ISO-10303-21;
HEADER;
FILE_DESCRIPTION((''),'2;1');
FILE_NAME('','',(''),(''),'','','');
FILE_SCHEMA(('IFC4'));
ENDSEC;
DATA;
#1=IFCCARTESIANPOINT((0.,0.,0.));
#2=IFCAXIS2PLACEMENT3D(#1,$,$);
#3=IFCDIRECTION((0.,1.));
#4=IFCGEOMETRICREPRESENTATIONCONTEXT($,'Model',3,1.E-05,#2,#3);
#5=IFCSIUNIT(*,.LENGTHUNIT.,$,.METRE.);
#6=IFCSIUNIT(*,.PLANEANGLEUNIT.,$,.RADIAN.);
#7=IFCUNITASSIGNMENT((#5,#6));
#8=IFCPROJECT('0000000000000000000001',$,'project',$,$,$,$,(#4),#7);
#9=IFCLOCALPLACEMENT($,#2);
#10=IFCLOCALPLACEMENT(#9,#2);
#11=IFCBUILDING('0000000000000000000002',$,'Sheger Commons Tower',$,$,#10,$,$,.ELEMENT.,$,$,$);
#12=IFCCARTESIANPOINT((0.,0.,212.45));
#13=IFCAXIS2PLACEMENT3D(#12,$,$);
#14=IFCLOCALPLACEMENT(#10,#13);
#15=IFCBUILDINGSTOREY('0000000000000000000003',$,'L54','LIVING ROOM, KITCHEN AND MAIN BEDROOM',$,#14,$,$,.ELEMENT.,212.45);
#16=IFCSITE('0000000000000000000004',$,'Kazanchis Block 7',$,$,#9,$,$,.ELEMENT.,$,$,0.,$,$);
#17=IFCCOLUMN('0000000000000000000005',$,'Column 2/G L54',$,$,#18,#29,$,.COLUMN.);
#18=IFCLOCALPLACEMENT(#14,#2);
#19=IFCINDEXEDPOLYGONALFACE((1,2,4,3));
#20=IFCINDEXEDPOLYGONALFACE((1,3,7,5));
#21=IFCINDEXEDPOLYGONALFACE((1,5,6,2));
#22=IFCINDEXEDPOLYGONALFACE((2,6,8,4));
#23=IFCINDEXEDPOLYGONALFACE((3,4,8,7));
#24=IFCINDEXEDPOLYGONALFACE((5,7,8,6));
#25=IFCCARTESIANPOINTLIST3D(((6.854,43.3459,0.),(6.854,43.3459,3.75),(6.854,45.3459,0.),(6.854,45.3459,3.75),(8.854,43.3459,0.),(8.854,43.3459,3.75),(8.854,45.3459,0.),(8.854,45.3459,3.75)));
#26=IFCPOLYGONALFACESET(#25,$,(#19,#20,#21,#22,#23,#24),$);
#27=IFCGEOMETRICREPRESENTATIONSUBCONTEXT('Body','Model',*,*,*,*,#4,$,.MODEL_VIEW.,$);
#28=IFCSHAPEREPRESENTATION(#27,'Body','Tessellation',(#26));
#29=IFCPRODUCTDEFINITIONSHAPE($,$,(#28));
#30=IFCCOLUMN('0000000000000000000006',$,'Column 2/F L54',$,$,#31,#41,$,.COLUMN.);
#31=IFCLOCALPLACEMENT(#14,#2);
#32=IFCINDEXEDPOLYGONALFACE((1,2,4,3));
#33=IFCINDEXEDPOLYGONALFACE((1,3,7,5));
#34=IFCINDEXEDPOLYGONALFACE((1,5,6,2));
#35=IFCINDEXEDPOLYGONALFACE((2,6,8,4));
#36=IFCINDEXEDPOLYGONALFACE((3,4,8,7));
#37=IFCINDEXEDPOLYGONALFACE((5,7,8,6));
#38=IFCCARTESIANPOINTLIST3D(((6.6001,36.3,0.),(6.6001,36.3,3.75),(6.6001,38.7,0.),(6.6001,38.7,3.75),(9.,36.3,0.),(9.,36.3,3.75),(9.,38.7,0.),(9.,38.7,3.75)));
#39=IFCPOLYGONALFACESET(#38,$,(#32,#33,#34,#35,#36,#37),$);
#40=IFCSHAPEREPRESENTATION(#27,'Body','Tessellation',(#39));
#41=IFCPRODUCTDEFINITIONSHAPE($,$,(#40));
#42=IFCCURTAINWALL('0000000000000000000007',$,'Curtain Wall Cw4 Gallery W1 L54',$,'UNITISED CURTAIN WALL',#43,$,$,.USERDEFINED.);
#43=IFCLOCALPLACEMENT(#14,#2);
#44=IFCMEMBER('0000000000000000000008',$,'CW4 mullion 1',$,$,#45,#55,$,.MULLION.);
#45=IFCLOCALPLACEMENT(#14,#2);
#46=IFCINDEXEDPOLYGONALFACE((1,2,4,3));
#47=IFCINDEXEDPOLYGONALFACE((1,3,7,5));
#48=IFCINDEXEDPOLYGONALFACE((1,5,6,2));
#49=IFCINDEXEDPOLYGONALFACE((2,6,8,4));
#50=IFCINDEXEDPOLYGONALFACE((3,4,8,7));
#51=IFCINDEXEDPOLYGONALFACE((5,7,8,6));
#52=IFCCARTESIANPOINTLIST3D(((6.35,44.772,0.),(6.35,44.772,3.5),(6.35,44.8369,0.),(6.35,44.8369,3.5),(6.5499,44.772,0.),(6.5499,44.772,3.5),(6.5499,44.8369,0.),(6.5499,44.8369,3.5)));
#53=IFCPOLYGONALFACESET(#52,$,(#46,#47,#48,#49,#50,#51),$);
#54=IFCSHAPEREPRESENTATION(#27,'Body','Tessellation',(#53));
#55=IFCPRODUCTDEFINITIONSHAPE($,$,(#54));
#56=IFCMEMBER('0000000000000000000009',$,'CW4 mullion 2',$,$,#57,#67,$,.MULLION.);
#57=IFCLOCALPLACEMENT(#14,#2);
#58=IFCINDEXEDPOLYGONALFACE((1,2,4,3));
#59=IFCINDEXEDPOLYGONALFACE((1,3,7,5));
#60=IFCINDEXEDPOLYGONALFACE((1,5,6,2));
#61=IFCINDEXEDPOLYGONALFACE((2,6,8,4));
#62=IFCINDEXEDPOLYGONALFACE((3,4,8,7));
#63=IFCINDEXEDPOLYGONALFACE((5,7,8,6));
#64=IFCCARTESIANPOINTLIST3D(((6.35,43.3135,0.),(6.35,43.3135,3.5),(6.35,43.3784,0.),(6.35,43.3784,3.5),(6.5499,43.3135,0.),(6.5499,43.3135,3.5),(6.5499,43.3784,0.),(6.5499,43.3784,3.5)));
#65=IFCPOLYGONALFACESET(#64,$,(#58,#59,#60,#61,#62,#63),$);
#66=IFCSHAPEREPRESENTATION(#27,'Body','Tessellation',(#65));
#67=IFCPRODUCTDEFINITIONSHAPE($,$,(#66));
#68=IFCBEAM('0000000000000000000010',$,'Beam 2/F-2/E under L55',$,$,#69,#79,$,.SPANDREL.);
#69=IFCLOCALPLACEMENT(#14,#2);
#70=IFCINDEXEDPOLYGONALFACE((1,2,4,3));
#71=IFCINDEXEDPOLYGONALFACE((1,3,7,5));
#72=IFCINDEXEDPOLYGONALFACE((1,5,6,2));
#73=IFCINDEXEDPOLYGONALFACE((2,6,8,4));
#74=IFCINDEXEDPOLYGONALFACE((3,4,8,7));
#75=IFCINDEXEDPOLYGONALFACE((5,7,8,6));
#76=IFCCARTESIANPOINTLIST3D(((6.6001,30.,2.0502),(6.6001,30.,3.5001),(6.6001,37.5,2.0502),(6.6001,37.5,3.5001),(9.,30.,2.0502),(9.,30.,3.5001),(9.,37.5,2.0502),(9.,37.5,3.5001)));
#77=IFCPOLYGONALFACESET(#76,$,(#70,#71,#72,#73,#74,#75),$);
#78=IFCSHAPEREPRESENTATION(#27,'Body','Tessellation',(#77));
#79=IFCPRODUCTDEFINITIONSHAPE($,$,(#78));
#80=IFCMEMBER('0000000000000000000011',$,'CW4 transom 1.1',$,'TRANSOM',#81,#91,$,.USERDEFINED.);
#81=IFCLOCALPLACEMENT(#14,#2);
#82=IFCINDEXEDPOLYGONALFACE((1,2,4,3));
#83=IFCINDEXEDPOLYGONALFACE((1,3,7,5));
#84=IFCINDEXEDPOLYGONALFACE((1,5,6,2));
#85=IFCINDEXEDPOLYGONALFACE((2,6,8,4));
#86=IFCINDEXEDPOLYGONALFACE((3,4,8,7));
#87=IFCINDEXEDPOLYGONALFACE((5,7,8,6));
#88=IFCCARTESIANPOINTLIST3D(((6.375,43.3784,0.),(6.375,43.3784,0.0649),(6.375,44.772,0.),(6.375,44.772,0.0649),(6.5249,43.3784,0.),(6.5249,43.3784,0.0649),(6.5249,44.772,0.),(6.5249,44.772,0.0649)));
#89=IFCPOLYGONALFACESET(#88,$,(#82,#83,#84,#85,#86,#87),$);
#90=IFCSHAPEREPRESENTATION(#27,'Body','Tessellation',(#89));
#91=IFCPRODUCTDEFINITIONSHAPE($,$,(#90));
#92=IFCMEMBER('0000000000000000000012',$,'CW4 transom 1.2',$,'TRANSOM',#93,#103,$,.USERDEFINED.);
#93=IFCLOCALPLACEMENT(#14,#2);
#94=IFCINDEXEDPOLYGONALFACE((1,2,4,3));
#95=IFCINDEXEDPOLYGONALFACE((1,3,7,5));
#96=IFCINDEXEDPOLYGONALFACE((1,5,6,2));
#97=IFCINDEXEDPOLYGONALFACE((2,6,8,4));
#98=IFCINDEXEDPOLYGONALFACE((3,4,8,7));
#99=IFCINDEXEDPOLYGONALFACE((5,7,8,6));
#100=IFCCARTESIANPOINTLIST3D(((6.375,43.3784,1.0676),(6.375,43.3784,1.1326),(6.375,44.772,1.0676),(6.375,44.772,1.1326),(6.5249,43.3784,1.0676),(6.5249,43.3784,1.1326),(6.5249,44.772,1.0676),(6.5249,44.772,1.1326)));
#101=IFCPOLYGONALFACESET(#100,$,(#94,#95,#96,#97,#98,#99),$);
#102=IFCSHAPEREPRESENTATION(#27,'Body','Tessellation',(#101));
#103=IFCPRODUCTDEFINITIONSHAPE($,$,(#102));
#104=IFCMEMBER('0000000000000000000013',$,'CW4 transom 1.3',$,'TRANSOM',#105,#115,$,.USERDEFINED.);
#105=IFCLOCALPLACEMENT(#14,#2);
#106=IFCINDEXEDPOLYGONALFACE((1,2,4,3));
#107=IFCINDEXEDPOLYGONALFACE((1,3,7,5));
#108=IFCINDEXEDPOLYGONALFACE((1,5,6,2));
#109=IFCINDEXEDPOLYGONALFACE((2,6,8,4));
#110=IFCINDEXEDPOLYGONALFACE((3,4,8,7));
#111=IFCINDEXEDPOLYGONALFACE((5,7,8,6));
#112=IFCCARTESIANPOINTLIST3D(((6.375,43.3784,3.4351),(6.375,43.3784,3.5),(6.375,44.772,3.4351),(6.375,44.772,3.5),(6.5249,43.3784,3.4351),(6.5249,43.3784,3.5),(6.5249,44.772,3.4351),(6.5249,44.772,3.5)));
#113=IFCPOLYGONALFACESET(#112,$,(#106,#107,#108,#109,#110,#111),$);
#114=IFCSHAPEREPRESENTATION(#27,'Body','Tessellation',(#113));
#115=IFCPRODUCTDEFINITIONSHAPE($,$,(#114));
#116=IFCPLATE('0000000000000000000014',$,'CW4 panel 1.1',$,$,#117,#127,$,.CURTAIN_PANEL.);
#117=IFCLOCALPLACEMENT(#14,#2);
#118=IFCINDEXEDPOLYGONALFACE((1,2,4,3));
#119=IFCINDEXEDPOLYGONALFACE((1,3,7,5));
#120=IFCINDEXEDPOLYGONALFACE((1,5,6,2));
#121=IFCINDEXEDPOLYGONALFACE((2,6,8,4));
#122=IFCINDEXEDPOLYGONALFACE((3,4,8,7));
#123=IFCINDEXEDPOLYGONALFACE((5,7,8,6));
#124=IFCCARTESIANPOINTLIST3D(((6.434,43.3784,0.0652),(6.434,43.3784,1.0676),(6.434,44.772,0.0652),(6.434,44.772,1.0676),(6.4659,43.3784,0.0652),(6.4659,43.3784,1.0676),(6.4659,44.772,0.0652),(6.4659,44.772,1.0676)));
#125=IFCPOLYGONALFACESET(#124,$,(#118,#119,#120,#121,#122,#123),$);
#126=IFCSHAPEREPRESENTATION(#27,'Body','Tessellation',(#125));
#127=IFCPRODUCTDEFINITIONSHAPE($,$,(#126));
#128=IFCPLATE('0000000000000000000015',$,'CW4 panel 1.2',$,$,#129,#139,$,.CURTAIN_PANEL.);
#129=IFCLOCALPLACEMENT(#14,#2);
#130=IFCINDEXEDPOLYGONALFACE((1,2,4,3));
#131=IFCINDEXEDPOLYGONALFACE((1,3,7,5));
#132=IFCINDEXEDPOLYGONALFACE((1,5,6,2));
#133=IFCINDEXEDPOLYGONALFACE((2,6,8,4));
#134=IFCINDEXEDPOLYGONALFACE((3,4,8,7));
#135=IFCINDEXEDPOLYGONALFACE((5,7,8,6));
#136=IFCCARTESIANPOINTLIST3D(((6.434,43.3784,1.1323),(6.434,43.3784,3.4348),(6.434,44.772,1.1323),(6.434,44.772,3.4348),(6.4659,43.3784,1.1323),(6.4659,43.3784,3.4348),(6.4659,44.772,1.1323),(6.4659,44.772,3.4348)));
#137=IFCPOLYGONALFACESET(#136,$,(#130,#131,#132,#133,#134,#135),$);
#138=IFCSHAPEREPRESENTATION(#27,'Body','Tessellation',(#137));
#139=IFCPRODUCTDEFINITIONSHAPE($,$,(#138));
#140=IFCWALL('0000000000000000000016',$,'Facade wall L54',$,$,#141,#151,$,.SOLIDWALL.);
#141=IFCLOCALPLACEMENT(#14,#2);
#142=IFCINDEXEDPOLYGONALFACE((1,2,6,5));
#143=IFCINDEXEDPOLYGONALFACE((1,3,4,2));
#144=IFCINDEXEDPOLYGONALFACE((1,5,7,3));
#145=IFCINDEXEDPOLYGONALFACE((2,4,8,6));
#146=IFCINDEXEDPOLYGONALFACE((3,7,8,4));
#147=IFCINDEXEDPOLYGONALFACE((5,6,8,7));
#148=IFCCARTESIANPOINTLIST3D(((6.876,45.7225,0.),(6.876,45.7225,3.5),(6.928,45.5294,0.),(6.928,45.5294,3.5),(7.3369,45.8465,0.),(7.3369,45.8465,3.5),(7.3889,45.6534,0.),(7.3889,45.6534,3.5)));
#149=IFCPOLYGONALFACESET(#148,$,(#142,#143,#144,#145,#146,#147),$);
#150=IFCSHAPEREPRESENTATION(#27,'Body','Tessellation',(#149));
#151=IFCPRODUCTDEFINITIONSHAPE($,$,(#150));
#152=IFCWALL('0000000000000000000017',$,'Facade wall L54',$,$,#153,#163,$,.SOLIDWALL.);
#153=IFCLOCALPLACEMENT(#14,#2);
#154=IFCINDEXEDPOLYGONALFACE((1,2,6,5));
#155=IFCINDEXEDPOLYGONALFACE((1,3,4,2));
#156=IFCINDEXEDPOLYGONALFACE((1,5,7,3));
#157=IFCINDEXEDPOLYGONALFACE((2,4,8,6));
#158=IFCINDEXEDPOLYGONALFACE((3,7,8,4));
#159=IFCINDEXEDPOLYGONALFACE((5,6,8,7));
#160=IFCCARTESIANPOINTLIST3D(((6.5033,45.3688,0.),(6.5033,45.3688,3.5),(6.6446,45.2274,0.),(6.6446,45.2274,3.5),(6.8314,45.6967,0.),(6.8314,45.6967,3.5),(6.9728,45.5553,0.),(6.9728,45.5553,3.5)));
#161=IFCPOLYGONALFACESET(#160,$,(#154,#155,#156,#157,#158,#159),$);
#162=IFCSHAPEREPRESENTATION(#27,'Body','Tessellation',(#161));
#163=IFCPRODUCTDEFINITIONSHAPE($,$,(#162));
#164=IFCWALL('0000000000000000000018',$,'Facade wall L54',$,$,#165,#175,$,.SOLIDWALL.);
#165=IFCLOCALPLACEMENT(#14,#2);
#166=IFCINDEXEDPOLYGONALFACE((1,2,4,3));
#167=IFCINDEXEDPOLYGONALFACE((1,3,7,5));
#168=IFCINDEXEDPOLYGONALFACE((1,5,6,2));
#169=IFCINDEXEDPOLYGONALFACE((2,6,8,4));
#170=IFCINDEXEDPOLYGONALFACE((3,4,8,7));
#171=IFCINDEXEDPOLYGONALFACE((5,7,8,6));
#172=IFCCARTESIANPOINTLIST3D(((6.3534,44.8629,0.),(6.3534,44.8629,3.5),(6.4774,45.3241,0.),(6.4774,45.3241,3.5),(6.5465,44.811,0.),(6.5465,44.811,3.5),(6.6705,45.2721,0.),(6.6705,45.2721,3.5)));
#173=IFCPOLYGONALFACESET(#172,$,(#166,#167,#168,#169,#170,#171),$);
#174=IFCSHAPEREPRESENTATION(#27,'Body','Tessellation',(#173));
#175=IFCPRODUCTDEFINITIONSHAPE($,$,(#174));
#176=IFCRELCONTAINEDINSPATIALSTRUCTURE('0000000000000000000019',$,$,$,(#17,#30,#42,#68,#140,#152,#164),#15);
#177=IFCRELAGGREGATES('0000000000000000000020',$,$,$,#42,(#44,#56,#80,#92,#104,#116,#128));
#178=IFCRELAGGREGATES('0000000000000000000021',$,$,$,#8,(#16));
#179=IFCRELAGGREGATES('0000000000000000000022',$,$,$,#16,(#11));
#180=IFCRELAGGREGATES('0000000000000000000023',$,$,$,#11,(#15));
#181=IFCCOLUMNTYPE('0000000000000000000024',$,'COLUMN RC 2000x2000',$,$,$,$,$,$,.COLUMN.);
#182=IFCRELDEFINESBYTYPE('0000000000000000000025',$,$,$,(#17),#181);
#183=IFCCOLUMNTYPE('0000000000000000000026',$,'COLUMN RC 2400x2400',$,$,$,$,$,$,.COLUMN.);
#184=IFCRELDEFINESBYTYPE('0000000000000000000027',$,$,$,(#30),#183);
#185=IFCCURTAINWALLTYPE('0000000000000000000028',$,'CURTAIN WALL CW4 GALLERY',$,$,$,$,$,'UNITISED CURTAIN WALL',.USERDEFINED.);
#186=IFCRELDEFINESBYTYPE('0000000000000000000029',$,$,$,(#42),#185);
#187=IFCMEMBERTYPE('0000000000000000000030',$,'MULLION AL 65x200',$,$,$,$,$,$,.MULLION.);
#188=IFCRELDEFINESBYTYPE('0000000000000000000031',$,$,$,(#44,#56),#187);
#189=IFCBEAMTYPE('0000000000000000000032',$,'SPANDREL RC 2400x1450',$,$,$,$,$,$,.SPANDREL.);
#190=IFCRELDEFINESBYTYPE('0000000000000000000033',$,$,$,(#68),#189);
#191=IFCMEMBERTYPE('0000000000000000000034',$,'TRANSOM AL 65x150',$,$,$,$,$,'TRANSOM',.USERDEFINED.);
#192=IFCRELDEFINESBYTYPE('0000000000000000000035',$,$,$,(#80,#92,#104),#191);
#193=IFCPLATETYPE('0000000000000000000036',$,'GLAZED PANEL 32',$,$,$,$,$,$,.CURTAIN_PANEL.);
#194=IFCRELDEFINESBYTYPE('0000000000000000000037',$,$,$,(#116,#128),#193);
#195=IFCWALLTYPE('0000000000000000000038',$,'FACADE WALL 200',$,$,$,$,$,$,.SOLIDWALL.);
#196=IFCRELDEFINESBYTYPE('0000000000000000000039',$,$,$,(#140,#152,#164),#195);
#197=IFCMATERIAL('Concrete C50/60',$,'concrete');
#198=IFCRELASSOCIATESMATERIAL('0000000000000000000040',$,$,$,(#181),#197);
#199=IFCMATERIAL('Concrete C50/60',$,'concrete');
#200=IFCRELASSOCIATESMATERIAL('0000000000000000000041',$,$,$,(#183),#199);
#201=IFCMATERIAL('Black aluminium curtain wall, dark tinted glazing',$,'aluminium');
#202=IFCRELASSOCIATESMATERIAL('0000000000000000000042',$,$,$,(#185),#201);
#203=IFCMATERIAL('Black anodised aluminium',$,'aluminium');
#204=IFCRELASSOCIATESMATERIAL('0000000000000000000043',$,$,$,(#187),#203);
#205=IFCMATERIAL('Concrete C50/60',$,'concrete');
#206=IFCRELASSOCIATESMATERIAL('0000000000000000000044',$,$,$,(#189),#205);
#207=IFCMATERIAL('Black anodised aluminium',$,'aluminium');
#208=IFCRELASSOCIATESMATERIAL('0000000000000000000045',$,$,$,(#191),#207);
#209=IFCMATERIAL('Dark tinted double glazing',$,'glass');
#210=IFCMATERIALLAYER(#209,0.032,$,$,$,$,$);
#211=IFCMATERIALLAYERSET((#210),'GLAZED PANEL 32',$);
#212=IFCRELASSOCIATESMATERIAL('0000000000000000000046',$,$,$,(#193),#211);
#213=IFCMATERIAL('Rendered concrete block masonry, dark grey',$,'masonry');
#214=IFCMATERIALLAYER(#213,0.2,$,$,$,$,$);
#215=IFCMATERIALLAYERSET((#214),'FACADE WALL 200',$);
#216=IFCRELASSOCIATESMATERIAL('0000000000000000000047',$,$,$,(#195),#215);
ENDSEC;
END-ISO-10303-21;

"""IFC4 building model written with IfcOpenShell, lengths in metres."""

from ifc_helpers import new_model, si_unit, direction, frame, frame_2d, origin, origin_2d, place, context, subcontext, project, spatial, rectangle, extrude, material, layer, layer_set, material_profile, profile_set, type_object, element, aggregate, save


model = new_model("IFC4")

# Units and contexts
model_context = context("Model", 3, precision=1e-05, world=origin(), true_north=direction((0.0, 1.0)))
body_context = subcontext(model_context, "Body", "Model", "MODEL_VIEW")
ifc_project = project(units=[si_unit("LENGTHUNIT", "METRE"), si_unit("PLANEANGLEUNIT", "RADIAN")], contexts=[model_context])

# Site, building, storey
site_placement = place(None, origin())
site = spatial("IfcSite", under=ifc_project, at=site_placement, Name="Kazanchis Block 7", CompositionType="ELEMENT", RefElevation=0.0)
building_placement = place(site_placement, origin())
building = spatial("IfcBuilding", under=site, at=building_placement, Name="Sheger Commons Tower", CompositionType="ELEMENT")
storey_placement = place(building_placement, frame((0.0, 0.0, 212.45)))
storey = spatial("IfcBuildingStorey", under=building, at=storey_placement, Name="L54", Description="LIVING ROOM, KITCHEN AND MAIN BEDROOM", CompositionType="ELEMENT", Elevation=212.45)

# Columns
ifc_material_1 = material(Name="Concrete C50/60", Category="concrete")
ifc_material_profile_1 = material_profile(ifc_material_1, rectangle(XDim=2.0, YDim=2.0, at=origin_2d()), Name="RC 2000x2000")
ifc_profile_set_1 = profile_set([ifc_material_profile_1], Name="Concrete C50/60")
column_type_1 = type_object("IfcColumnType", Name="COLUMN RC 2000x2000", PredefinedType="COLUMN", material=ifc_profile_set_1)
column_1_placement = place(storey_placement, frame((7.854, 44.3459, 0.0), z_axis=(0.0, 0.0, 1.0), x_axis=(1.0, 0.0, 0.0)))
element("IfcColumn", 1, at=column_1_placement, inside=storey, type_object=column_type_1, Name="Column 2/G L54", PredefinedType="COLUMN", context=body_context, shape_type="SweptSolid", body=[
    extrude(rectangle(XDim=2.0, YDim=2.0, at=origin_2d()), origin(), (0.0, 0.0, 1.0), 3.75),
])
ifc_material_2 = material(Name="Concrete C50/60", Category="concrete")
ifc_material_profile_2 = material_profile(ifc_material_2, rectangle(XDim=2.3999, YDim=2.3999, at=origin_2d()), Name="RC 2400x2400")
ifc_profile_set_2 = profile_set([ifc_material_profile_2], Name="Concrete C50/60")
column_type_2 = type_object("IfcColumnType", Name="COLUMN RC 2400x2400", PredefinedType="COLUMN", material=ifc_profile_set_2)
column_2_placement = place(storey_placement, frame((7.8, 37.5, 0.0), z_axis=(0.0, 0.0, 1.0), x_axis=(1.0, 0.0, 0.0)))
element("IfcColumn", 2, at=column_2_placement, inside=storey, type_object=column_type_2, Name="Column 2/F L54", PredefinedType="COLUMN", context=body_context, shape_type="SweptSolid", body=[
    extrude(rectangle(XDim=2.3999, YDim=2.3999, at=origin_2d()), origin(), (0.0, 0.0, 1.0), 3.75),
])

# Curtain wall, members
ifc_material_3 = material(Name="Black aluminium curtain wall, dark tinted glazing", Category="aluminium")
curtain_wall_type = type_object("IfcCurtainWallType", Name="CURTAIN WALL CW4 GALLERY", ElementType="UNITISED CURTAIN WALL", PredefinedType="USERDEFINED", material=ifc_material_3)
curtain_wall_placement = place(storey_placement, origin())
curtain_wall = element("IfcCurtainWall", 3, at=curtain_wall_placement, inside=storey, type_object=curtain_wall_type, Name="Curtain Wall Cw4 Gallery W1 L54", ObjectType="UNITISED CURTAIN WALL", PredefinedType="USERDEFINED")
ifc_material_4 = material(Name="Black anodised aluminium", Category="aluminium")
ifc_material_profile_3 = material_profile(ifc_material_4, rectangle(XDim=0.2, YDim=0.0649, at=origin_2d()), Name="AL 65x200")
ifc_profile_set_3 = profile_set([ifc_material_profile_3], Name="Black anodised aluminium")
member_type_1 = type_object("IfcMemberType", Name="MULLION AL 65x200", PredefinedType="MULLION", material=ifc_profile_set_3)
member_1_placement = place(storey_placement, frame((6.45, 44.8044, 0.0), z_axis=(0.0, 0.0, 1.0), x_axis=(1.0, 0.0, 0.0)))
member_1 = element("IfcMember", 4, at=member_1_placement, type_object=member_type_1, Name="CW4 mullion 1", PredefinedType="MULLION", context=body_context, shape_type="SweptSolid", body=[
    extrude(rectangle(XDim=0.2, YDim=0.0649, at=origin_2d()), origin(), (0.0, 0.0, 1.0), 3.5),
])
member_2_placement = place(storey_placement, frame((6.45, 43.3459, 0.0), z_axis=(0.0, 0.0, 1.0), x_axis=(1.0, 0.0, 0.0)))
member_2 = element("IfcMember", 5, at=member_2_placement, type_object=member_type_1, Name="CW4 mullion 2", PredefinedType="MULLION", context=body_context, shape_type="SweptSolid", body=[
    extrude(rectangle(XDim=0.2, YDim=0.0649, at=origin_2d()), origin(), (0.0, 0.0, 1.0), 3.5),
])

# Beam
ifc_material_5 = material(Name="Concrete C50/60", Category="concrete")
ifc_material_profile_4 = material_profile(ifc_material_5, rectangle(XDim=2.3999, YDim=1.45, at=origin_2d()), Name="RC 2400x1450")
ifc_profile_set_4 = profile_set([ifc_material_profile_4], Name="Concrete C50/60")
beam_type = type_object("IfcBeamType", Name="SPANDREL RC 2400x1450", PredefinedType="SPANDREL", material=ifc_profile_set_4)
beam_placement = place(storey_placement, frame((7.8, 37.5, 2.7751), z_axis=(0.0, -1.0, 0.0), x_axis=(1.0, 0.0, 0.0)))
element("IfcBeam", 6, at=beam_placement, inside=storey, type_object=beam_type, Name="Beam 2/F-2/E under L55", PredefinedType="SPANDREL", context=body_context, shape_type="SweptSolid", body=[
    extrude(rectangle(XDim=2.3999, YDim=1.45, at=origin_2d()), origin(), (0.0, 0.0, 1.0), 7.5),
])

# Members
ifc_material_6 = material(Name="Black anodised aluminium", Category="aluminium")
ifc_material_profile_5 = material_profile(ifc_material_6, rectangle(XDim=0.1499, YDim=0.0649, at=origin_2d()), Name="AL 65x150")
ifc_profile_set_5 = profile_set([ifc_material_profile_5], Name="Black anodised aluminium")
member_type_2 = type_object("IfcMemberType", Name="TRANSOM AL 65x150", ElementType="TRANSOM", PredefinedType="USERDEFINED", material=ifc_profile_set_5)
member_3_placement = place(storey_placement, frame((6.45, 44.772, 0.0325), z_axis=(0.0, -1.0, 0.0), x_axis=(1.0, 0.0, 0.0)))
member_3 = element("IfcMember", 7, at=member_3_placement, type_object=member_type_2, Name="CW4 transom 1.1", ObjectType="TRANSOM", PredefinedType="USERDEFINED", context=body_context, shape_type="SweptSolid", body=[
    extrude(rectangle(XDim=0.1499, YDim=0.0649, at=origin_2d()), origin(), (0.0, 0.0, 1.0), 1.3936),
])
member_4_placement = place(storey_placement, frame((6.45, 44.772, 1.1001), z_axis=(0.0, -1.0, 0.0), x_axis=(1.0, 0.0, 0.0)))
member_4 = element("IfcMember", 8, at=member_4_placement, type_object=member_type_2, Name="CW4 transom 1.2", ObjectType="TRANSOM", PredefinedType="USERDEFINED", context=body_context, shape_type="SweptSolid", body=[
    extrude(rectangle(XDim=0.1499, YDim=0.0649, at=origin_2d()), origin(), (0.0, 0.0, 1.0), 1.3936),
])
member_5_placement = place(storey_placement, frame((6.45, 44.772, 3.4675), z_axis=(0.0, -1.0, 0.0), x_axis=(1.0, 0.0, 0.0)))
member_5 = element("IfcMember", 9, at=member_5_placement, type_object=member_type_2, Name="CW4 transom 1.3", ObjectType="TRANSOM", PredefinedType="USERDEFINED", context=body_context, shape_type="SweptSolid", body=[
    extrude(rectangle(XDim=0.1499, YDim=0.0649, at=origin_2d()), origin(), (0.0, 0.0, 1.0), 1.3936),
])

# Plates
ifc_material_7 = material(Name="Dark tinted double glazing", Category="glass")
ifc_layer_1 = layer(ifc_material_7, 0.032)
ifc_layer_set_1 = layer_set([ifc_layer_1], Name="GLAZED PANEL 32")
plate_type = type_object("IfcPlateType", Name="GLAZED PANEL 32", PredefinedType="CURTAIN_PANEL", material=ifc_layer_set_1)
plate_1_placement = place(storey_placement, frame((6.45, 44.0752, 0.0652), z_axis=(0.0, 0.0, 1.0), x_axis=(0.0, -1.0, 0.0)))
plate_1 = element("IfcPlate", 10, at=plate_1_placement, type_object=plate_type, Name="CW4 panel 1.1", PredefinedType="CURTAIN_PANEL", context=body_context, shape_type="SweptSolid", body=[
    extrude(rectangle(XDim=1.3936, YDim=0.032, at=origin_2d()), origin(), (0.0, 0.0, 1.0), 1.0024),
])
plate_2_placement = place(storey_placement, frame((6.45, 44.0752, 1.1323), z_axis=(0.0, 0.0, 1.0), x_axis=(0.0, -1.0, 0.0)))
plate_2 = element("IfcPlate", 11, at=plate_2_placement, type_object=plate_type, Name="CW4 panel 1.2", PredefinedType="CURTAIN_PANEL", context=body_context, shape_type="SweptSolid", body=[
    extrude(rectangle(XDim=1.3936, YDim=0.032, at=origin_2d()), origin(), (0.0, 0.0, 1.0), 2.3025),
])
aggregate(curtain_wall, [member_1, member_2, member_3, member_4, member_5, plate_1, plate_2])

# Walls
ifc_material_8 = material(Name="Rendered concrete block masonry, dark grey", Category="masonry")
ifc_layer_2 = layer(ifc_material_8, 0.2)
ifc_layer_set_2 = layer_set([ifc_layer_2], Name="FACADE WALL 200")
wall_type_1 = type_object("IfcWallType", Name="FACADE WALL 200", PredefinedType="SOLIDWALL", material=ifc_layer_set_2)
wall_1_placement = place(storey_placement, frame((7.363, 45.75, 0.0), z_axis=(0.0, 0.0, 1.0), x_axis=(-0.965655, -0.259827, 0.0)))
element("IfcWall", 12, at=wall_1_placement, inside=storey, type_object=wall_type_1, Name="Facade wall L54", PredefinedType="SOLIDWALL", context=body_context, shape_type="SweptSolid", body=[
    extrude(rectangle(XDim=0.4773, YDim=0.2, at=frame_2d((0.2388, 0.0))), origin(), (0.0, 0.0, 1.0), 3.5),
])
wall_2_placement = place(storey_placement, frame((6.9021, 45.626, 0.0), z_axis=(0.0, 0.0, 1.0), x_axis=(-0.70737, -0.706844, 0.0)))
element("IfcWall", 13, at=wall_2_placement, inside=storey, type_object=wall_type_1, Name="Facade wall L54", PredefinedType="SOLIDWALL", context=body_context, shape_type="SweptSolid", body=[
    extrude(rectangle(XDim=0.4639, YDim=0.2, at=frame_2d((0.2319, 0.0))), origin(), (0.0, 0.0, 1.0), 3.5),
])
wall_3_placement = place(storey_placement, frame((6.574, 45.2981, 0.0), z_axis=(0.0, 0.0, 1.0), x_axis=(-0.259698, -0.96569, 0.0)))
element("IfcWall", 14, at=wall_3_placement, inside=storey, type_object=wall_type_1, Name="Facade wall L54", PredefinedType="SOLIDWALL", context=body_context, shape_type="SweptSolid", body=[
    extrude(rectangle(XDim=0.4775, YDim=0.2, at=frame_2d((0.2388, 0.0))), origin(), (0.0, 0.0, 1.0), 3.5),
])

save(model, "model.ifc")
